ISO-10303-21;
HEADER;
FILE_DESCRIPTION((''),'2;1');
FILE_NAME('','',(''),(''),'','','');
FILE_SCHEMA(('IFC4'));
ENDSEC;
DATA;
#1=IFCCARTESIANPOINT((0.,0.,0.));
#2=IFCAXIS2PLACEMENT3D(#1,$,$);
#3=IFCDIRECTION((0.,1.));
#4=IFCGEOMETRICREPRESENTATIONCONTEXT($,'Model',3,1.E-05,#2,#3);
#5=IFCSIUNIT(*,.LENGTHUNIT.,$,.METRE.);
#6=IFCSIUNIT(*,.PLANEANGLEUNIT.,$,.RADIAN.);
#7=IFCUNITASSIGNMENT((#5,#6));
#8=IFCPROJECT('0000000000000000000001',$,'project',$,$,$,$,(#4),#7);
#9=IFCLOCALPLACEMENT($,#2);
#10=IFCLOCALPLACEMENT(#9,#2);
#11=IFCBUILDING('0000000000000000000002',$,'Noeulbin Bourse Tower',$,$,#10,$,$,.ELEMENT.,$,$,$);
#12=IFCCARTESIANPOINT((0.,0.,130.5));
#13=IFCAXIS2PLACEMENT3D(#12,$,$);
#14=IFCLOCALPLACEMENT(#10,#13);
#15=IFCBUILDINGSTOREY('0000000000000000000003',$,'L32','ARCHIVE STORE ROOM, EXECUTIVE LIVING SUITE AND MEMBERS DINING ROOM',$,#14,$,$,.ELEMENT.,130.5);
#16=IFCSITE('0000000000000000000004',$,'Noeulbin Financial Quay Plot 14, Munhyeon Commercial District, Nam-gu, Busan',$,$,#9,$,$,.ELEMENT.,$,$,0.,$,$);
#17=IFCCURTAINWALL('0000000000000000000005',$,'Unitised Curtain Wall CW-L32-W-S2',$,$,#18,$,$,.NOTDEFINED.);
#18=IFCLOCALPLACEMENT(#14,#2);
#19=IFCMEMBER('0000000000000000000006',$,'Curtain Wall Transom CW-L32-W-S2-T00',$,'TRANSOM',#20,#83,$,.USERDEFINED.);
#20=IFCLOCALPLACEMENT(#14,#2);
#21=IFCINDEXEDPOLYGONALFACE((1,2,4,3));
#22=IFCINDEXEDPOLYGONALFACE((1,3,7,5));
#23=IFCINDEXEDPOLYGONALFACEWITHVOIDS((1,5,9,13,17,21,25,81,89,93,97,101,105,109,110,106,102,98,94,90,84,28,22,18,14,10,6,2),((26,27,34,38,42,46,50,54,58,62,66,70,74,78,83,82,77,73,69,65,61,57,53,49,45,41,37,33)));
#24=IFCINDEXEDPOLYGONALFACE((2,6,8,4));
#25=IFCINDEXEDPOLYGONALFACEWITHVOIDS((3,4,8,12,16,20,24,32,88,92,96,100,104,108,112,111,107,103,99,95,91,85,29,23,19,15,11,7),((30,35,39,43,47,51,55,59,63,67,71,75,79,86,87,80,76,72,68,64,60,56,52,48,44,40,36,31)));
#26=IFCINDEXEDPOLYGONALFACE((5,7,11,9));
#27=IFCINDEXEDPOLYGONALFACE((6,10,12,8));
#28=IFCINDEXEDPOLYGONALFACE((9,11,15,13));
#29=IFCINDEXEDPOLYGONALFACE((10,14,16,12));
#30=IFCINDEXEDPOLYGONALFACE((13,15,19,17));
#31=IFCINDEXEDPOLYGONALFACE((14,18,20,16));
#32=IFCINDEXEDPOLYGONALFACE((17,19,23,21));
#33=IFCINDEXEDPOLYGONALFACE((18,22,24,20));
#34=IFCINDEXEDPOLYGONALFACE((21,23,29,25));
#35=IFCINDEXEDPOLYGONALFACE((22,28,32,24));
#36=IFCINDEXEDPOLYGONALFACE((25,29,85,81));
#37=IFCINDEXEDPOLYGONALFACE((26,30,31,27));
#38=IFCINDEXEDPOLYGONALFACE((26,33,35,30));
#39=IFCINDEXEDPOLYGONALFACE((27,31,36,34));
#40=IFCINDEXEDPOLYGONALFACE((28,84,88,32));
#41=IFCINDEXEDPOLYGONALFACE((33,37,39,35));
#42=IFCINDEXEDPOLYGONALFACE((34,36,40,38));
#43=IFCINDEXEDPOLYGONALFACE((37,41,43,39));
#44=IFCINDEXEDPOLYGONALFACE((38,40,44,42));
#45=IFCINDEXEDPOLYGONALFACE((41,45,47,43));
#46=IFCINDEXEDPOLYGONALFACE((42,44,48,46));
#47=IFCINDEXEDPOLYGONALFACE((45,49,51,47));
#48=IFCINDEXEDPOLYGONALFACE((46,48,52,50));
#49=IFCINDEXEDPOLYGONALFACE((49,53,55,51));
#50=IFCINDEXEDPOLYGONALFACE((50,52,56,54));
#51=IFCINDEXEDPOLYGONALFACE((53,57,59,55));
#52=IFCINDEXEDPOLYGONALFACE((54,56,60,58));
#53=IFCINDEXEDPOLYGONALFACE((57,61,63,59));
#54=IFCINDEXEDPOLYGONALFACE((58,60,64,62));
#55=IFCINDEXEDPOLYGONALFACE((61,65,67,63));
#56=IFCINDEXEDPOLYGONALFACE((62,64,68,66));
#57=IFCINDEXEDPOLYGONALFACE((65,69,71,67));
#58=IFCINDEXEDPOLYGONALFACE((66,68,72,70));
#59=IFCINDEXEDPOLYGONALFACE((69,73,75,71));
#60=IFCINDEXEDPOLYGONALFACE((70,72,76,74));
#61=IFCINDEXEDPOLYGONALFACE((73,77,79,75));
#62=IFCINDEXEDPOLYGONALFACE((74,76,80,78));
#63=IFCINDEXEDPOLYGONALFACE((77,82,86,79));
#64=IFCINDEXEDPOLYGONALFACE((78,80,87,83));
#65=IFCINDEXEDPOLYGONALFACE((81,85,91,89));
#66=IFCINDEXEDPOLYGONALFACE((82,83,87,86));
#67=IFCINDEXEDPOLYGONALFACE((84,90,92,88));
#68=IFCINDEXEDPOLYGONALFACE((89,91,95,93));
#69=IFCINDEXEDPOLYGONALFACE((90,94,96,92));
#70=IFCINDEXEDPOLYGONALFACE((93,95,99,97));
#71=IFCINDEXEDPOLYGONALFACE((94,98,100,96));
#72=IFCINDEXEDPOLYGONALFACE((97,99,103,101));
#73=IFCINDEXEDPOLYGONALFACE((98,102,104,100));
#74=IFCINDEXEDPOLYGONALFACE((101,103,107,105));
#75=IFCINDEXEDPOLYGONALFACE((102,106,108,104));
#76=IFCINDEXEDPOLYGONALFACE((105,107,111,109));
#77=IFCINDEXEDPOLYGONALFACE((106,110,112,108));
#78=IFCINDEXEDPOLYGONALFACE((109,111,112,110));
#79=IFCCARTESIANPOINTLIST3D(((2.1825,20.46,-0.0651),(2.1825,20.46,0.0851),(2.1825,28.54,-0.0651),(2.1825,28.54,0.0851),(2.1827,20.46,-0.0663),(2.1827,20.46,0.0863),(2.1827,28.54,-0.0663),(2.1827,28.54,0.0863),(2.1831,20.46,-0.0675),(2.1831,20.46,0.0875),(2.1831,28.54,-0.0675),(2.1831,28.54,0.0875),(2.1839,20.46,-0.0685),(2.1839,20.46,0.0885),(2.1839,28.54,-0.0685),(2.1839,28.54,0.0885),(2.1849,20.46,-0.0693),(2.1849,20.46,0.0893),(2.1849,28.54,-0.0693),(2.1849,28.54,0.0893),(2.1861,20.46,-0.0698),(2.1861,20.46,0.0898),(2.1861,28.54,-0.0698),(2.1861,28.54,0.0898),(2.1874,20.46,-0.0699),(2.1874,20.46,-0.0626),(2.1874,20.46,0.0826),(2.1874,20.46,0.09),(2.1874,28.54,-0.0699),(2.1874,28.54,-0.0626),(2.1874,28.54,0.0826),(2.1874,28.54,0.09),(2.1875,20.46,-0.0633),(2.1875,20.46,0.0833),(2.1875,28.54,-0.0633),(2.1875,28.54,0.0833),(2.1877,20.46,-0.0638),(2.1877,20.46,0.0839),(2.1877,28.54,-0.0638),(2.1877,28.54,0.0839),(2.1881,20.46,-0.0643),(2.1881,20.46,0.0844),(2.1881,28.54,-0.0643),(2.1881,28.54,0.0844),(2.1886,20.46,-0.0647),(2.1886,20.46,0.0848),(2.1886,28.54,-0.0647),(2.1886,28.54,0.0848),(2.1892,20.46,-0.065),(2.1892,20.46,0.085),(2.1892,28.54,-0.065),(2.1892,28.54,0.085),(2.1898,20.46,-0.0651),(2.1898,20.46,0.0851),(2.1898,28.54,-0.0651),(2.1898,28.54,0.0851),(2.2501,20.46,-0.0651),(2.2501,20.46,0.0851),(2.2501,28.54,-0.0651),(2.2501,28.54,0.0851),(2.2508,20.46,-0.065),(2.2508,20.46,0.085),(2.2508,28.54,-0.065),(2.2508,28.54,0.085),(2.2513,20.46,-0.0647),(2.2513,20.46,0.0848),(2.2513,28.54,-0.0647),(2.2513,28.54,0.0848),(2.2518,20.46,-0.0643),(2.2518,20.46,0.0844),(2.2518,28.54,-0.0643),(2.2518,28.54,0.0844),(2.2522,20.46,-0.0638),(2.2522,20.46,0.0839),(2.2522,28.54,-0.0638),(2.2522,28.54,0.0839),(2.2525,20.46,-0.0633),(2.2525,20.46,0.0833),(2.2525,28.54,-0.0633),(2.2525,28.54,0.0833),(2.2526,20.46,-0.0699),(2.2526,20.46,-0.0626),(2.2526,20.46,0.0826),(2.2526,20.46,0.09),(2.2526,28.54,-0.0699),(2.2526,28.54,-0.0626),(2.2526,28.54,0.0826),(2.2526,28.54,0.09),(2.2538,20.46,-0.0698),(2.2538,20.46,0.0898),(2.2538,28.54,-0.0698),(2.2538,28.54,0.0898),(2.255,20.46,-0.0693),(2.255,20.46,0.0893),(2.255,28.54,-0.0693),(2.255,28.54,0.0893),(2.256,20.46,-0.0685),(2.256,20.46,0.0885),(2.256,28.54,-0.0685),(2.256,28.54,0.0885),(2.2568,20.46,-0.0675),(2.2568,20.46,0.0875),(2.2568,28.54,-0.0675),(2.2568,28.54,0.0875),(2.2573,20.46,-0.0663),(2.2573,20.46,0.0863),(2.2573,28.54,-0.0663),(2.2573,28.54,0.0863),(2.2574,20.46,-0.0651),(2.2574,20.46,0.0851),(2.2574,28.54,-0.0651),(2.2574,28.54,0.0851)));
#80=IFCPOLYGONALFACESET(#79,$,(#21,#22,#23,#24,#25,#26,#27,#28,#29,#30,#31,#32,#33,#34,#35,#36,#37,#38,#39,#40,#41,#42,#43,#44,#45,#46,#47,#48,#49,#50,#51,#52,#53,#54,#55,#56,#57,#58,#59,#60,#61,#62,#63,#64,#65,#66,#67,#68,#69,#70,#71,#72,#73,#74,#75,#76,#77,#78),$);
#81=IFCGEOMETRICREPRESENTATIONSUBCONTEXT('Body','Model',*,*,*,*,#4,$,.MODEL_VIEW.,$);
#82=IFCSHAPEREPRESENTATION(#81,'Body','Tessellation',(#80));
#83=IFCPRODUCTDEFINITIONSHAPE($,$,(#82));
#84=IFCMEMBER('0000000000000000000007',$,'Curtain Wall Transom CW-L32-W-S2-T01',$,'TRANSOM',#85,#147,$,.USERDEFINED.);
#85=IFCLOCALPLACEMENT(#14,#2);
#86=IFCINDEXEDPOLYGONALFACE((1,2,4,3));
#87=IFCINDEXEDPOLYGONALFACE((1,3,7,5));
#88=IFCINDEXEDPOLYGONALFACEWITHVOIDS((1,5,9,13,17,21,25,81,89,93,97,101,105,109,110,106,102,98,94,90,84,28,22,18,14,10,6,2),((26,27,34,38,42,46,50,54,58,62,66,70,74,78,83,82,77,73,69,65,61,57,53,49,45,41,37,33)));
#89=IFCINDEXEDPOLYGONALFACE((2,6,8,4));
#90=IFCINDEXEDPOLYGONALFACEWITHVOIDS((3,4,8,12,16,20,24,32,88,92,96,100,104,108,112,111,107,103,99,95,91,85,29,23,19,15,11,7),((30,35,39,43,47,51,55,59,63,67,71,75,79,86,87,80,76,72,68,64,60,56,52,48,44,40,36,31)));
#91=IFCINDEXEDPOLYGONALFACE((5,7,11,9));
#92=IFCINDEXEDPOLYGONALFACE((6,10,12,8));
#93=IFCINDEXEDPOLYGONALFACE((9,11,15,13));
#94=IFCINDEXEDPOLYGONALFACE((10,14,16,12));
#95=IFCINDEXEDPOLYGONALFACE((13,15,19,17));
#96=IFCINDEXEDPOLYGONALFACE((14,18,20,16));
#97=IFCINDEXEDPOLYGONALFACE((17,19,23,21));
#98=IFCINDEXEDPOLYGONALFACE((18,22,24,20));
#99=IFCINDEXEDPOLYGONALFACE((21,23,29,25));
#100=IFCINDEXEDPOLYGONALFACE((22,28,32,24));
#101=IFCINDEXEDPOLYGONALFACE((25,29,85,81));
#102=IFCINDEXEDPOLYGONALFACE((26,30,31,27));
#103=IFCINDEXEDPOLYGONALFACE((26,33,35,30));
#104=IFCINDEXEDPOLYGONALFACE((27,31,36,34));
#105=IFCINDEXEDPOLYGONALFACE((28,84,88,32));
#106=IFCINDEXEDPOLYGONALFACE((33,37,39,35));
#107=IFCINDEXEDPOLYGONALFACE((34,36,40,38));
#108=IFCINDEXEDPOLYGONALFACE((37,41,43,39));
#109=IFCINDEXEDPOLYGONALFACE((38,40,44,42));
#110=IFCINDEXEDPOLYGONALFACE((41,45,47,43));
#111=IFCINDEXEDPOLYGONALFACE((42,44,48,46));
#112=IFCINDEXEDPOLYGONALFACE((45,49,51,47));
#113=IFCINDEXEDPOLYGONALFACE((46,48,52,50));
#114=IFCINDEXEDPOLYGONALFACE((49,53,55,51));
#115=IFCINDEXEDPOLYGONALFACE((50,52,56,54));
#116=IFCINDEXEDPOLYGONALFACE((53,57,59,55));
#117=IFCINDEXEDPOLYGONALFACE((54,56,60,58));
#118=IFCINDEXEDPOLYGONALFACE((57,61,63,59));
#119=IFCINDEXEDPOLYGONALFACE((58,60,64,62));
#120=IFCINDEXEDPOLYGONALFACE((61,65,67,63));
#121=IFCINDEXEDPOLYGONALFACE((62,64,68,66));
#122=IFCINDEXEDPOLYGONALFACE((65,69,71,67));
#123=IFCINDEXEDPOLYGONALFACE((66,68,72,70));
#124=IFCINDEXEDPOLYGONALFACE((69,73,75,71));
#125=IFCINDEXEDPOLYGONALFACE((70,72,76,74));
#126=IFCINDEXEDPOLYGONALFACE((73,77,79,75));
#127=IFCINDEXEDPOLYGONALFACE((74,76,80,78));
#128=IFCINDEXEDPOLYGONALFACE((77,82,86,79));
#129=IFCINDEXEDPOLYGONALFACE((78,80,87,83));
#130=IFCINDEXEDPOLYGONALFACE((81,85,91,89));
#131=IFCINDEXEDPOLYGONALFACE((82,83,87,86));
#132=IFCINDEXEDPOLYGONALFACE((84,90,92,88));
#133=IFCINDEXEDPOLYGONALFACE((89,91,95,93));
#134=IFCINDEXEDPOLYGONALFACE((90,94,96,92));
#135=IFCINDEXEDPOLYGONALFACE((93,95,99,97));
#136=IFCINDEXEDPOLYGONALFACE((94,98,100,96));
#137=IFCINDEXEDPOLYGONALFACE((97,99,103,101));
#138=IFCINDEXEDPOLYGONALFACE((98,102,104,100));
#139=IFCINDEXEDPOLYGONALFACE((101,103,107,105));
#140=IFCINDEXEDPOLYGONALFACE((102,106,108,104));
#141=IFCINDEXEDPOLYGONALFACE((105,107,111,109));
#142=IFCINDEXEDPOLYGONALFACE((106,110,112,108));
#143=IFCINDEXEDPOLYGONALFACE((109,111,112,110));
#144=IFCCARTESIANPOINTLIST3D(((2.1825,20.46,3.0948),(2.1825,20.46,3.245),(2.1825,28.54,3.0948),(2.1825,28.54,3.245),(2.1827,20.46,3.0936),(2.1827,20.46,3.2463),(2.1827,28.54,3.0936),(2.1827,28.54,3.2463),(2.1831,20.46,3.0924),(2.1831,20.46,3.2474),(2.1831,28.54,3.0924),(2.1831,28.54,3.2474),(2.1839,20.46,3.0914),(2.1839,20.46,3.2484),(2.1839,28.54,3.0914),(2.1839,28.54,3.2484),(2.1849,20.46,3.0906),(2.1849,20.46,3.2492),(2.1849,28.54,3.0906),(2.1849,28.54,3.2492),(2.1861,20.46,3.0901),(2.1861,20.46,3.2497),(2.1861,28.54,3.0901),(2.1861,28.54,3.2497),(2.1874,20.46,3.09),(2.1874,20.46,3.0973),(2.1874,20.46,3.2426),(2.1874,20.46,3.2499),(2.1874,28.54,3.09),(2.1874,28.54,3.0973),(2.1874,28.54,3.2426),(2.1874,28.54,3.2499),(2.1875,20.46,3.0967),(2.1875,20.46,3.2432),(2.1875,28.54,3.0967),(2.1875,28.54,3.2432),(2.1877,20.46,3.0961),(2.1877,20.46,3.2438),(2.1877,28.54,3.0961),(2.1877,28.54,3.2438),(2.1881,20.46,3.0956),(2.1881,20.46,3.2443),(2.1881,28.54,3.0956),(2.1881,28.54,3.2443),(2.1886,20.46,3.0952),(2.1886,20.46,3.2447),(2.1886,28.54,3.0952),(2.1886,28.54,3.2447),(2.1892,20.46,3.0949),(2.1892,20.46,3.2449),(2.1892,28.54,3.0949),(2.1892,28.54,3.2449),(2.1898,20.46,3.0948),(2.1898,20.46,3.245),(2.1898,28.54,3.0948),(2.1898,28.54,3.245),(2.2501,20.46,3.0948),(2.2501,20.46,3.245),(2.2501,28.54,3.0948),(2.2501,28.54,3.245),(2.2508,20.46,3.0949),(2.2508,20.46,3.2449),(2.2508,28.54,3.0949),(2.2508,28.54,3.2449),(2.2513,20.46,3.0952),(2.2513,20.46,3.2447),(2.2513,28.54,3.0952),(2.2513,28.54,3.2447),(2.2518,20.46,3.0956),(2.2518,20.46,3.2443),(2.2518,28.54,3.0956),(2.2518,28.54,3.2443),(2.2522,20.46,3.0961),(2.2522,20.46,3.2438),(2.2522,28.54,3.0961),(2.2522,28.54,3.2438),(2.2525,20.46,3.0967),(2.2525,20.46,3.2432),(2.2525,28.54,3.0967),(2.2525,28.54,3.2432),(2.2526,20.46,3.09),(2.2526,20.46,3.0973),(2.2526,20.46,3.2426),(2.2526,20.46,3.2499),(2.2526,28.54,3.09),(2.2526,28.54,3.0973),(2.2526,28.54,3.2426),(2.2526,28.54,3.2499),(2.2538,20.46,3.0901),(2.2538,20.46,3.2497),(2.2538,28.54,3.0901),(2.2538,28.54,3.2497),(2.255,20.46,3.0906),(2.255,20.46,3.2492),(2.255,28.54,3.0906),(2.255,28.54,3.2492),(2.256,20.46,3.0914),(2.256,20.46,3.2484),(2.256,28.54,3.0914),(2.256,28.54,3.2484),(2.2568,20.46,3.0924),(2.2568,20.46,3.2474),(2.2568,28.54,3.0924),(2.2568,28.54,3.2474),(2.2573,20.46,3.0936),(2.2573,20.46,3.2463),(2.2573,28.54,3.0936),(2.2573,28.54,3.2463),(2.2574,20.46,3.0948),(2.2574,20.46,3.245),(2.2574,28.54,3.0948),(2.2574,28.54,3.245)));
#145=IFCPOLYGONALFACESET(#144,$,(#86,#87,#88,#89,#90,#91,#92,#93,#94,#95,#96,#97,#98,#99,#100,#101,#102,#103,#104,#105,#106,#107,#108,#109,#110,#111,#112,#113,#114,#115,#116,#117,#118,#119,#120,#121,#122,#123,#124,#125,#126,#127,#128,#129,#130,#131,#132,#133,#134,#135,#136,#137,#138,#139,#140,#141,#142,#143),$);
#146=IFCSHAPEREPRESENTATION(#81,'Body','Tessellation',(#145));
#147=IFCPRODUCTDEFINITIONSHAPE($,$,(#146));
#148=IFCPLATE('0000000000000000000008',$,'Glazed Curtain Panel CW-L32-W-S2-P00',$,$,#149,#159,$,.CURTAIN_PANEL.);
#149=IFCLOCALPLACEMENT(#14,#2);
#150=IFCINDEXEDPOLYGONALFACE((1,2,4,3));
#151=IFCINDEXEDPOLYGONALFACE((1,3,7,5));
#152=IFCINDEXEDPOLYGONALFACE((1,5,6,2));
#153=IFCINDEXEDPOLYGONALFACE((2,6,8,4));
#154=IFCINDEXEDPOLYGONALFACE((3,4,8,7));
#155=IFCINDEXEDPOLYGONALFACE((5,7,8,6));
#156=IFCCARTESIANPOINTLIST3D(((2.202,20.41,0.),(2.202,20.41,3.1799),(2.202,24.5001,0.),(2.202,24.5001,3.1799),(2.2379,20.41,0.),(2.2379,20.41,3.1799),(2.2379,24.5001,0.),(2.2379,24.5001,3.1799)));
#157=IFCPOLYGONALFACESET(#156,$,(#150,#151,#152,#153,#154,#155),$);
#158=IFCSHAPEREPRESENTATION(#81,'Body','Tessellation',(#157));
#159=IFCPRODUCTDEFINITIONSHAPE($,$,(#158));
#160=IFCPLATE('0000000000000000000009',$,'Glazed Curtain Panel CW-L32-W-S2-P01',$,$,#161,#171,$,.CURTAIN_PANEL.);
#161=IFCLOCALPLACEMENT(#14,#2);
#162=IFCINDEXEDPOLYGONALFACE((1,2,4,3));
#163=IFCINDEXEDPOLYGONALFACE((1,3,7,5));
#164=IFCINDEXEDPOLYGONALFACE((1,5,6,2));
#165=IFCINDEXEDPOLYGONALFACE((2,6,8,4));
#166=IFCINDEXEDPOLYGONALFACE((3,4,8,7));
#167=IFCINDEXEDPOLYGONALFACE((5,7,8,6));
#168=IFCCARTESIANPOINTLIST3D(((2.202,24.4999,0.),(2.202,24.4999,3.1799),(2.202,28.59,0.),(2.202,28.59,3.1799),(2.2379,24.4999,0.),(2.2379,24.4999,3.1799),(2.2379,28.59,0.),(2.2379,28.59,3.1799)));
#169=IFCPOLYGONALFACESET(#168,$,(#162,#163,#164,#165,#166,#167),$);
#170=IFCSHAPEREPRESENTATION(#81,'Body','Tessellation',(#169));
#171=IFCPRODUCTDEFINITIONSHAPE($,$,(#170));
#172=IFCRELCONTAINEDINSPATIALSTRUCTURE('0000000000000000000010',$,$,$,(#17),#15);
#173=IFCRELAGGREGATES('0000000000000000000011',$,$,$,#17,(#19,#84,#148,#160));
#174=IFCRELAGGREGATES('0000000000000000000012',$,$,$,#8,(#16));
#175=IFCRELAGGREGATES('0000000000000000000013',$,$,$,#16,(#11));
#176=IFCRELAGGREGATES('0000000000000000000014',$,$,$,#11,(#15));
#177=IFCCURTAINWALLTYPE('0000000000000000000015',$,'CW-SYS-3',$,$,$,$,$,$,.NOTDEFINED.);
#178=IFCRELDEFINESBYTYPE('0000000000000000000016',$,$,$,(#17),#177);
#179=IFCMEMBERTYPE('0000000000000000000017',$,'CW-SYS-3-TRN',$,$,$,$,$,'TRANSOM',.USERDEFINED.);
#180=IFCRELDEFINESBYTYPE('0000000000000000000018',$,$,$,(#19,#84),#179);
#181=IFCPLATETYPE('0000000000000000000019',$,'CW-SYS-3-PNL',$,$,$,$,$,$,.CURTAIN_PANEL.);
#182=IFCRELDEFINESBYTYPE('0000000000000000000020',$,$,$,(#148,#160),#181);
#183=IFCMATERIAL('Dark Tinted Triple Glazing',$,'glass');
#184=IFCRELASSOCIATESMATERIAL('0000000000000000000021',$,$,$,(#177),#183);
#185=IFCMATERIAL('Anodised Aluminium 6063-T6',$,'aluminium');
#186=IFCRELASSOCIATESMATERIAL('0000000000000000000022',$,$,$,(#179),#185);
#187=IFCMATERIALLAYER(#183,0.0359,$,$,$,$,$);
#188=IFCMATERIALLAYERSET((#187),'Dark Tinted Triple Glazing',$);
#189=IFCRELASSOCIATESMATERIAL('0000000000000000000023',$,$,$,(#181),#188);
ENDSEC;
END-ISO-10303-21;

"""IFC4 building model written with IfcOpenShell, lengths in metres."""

from ifc_helpers import new_model, si_unit, direction, frame, origin, origin_2d, place, context, subcontext, project, spatial, rectangle, hollow_rectangle, extrude, material, layer, layer_set, material_profile, profile_set, type_object, element, aggregate, save


model = new_model("IFC4")

# Units and contexts
model_context = context("Model", 3, precision=1e-05, world=origin(), true_north=direction((0.0, 1.0)))
body_context = subcontext(model_context, "Body", "Model", "MODEL_VIEW")
ifc_project = project(units=[si_unit("LENGTHUNIT", "METRE"), si_unit("PLANEANGLEUNIT", "RADIAN")], contexts=[model_context])

# Site, building, storey
site_placement = place(None, origin())
site = spatial("IfcSite", under=ifc_project, at=site_placement, Name="Noeulbin Financial Quay Plot 14, Munhyeon Commercial District, Nam-gu, Busan", CompositionType="ELEMENT", RefElevation=0.0)
building_placement = place(site_placement, origin())
building = spatial("IfcBuilding", under=site, at=building_placement, Name="Noeulbin Bourse Tower", CompositionType="ELEMENT")
storey_placement = place(building_placement, frame((0.0, 0.0, 130.5)))
storey = spatial("IfcBuildingStorey", under=building, at=storey_placement, Name="L32", Description="ARCHIVE STORE ROOM, EXECUTIVE LIVING SUITE AND MEMBERS DINING ROOM", CompositionType="ELEMENT", Elevation=130.5)

# Curtain wall, members, plates
ifc_material_1 = material(Name="Dark Tinted Triple Glazing", Category="glass")
curtain_wall_type = type_object("IfcCurtainWallType", Name="CW-SYS-3", PredefinedType="NOTDEFINED", material=ifc_material_1)
curtain_wall_placement = place(storey_placement, origin())
curtain_wall = element("IfcCurtainWall", 1, at=curtain_wall_placement, inside=storey, type_object=curtain_wall_type, Name="Unitised Curtain Wall CW-L32-W-S2", PredefinedType="NOTDEFINED")
ifc_material_2 = material(Name="Anodised Aluminium 6063-T6", Category="aluminium")
ifc_material_profile_1 = material_profile(ifc_material_2, hollow_rectangle(XDim=0.075, YDim=0.1599, WallThickness=0.0049, InnerFilletRadius=0.0024, OuterFilletRadius=0.0049, at=origin_2d()), Name="ALU-TRAN-75x160x5", Category="LoadBearing")
ifc_profile_set_1 = profile_set([ifc_material_profile_1], Name="Anodised Aluminium 6063-T6")
member_type_1 = type_object("IfcMemberType", Name="CW-SYS-3-TRN", ElementType="TRANSOM", PredefinedType="USERDEFINED", material=ifc_profile_set_1)
member_1_placement = place(storey_placement, frame((2.22, 20.46, 0.01), z_axis=(0.0, 1.0, 0.0), x_axis=(-1.0, 0.0, 0.0)))
member_1 = element("IfcMember", 2, at=member_1_placement, type_object=member_type_1, Name="Curtain Wall Transom CW-L32-W-S2-T00", ObjectType="TRANSOM", PredefinedType="USERDEFINED", context=body_context, shape_type="SweptSolid", body=[
    extrude(hollow_rectangle(XDim=0.075, YDim=0.1599, WallThickness=0.0049, InnerFilletRadius=0.0024, OuterFilletRadius=0.0049, at=origin_2d()), origin(), (0.0, 0.0, 1.0), 8.0801),
])
member_2_placement = place(storey_placement, frame((2.22, 20.46, 3.1699), z_axis=(0.0, 1.0, 0.0), x_axis=(-1.0, 0.0, 0.0)))
member_2 = element("IfcMember", 3, at=member_2_placement, type_object=member_type_1, Name="Curtain Wall Transom CW-L32-W-S2-T01", ObjectType="TRANSOM", PredefinedType="USERDEFINED", context=body_context, shape_type="SweptSolid", body=[
    extrude(hollow_rectangle(XDim=0.075, YDim=0.1599, WallThickness=0.0049, InnerFilletRadius=0.0024, OuterFilletRadius=0.0049, at=origin_2d()), origin(), (0.0, 0.0, 1.0), 8.0801),
])
ifc_layer_1 = layer(ifc_material_1, 0.0359)
ifc_layer_set_1 = layer_set([ifc_layer_1], Name="Dark Tinted Triple Glazing")
plate_type = type_object("IfcPlateType", Name="CW-SYS-3-PNL", PredefinedType="CURTAIN_PANEL", material=ifc_layer_set_1)
plate_1_placement = place(storey_placement, frame((2.22, 22.4551, 0.0), z_axis=(0.0, 0.0, 1.0), x_axis=(0.0, 1.0, 0.0)))
plate_1 = element("IfcPlate", 4, at=plate_1_placement, type_object=plate_type, Name="Glazed Curtain Panel CW-L32-W-S2-P00", PredefinedType="CURTAIN_PANEL", context=body_context, shape_type="SweptSolid", body=[
    extrude(rectangle(XDim=4.0901, YDim=0.0359, at=origin_2d()), origin(), (0.0, 0.0, 1.0), 3.1799),
])
plate_2_placement = place(storey_placement, frame((2.22, 26.5449, 0.0), z_axis=(0.0, 0.0, 1.0), x_axis=(0.0, 1.0, 0.0)))
plate_2 = element("IfcPlate", 5, at=plate_2_placement, type_object=plate_type, Name="Glazed Curtain Panel CW-L32-W-S2-P01", PredefinedType="CURTAIN_PANEL", context=body_context, shape_type="SweptSolid", body=[
    extrude(rectangle(XDim=4.0901, YDim=0.0359, at=origin_2d()), origin(), (0.0, 0.0, 1.0), 3.1799),
])
aggregate(curtain_wall, [member_1, member_2, plate_1, plate_2])

save(model, "model.ifc")
